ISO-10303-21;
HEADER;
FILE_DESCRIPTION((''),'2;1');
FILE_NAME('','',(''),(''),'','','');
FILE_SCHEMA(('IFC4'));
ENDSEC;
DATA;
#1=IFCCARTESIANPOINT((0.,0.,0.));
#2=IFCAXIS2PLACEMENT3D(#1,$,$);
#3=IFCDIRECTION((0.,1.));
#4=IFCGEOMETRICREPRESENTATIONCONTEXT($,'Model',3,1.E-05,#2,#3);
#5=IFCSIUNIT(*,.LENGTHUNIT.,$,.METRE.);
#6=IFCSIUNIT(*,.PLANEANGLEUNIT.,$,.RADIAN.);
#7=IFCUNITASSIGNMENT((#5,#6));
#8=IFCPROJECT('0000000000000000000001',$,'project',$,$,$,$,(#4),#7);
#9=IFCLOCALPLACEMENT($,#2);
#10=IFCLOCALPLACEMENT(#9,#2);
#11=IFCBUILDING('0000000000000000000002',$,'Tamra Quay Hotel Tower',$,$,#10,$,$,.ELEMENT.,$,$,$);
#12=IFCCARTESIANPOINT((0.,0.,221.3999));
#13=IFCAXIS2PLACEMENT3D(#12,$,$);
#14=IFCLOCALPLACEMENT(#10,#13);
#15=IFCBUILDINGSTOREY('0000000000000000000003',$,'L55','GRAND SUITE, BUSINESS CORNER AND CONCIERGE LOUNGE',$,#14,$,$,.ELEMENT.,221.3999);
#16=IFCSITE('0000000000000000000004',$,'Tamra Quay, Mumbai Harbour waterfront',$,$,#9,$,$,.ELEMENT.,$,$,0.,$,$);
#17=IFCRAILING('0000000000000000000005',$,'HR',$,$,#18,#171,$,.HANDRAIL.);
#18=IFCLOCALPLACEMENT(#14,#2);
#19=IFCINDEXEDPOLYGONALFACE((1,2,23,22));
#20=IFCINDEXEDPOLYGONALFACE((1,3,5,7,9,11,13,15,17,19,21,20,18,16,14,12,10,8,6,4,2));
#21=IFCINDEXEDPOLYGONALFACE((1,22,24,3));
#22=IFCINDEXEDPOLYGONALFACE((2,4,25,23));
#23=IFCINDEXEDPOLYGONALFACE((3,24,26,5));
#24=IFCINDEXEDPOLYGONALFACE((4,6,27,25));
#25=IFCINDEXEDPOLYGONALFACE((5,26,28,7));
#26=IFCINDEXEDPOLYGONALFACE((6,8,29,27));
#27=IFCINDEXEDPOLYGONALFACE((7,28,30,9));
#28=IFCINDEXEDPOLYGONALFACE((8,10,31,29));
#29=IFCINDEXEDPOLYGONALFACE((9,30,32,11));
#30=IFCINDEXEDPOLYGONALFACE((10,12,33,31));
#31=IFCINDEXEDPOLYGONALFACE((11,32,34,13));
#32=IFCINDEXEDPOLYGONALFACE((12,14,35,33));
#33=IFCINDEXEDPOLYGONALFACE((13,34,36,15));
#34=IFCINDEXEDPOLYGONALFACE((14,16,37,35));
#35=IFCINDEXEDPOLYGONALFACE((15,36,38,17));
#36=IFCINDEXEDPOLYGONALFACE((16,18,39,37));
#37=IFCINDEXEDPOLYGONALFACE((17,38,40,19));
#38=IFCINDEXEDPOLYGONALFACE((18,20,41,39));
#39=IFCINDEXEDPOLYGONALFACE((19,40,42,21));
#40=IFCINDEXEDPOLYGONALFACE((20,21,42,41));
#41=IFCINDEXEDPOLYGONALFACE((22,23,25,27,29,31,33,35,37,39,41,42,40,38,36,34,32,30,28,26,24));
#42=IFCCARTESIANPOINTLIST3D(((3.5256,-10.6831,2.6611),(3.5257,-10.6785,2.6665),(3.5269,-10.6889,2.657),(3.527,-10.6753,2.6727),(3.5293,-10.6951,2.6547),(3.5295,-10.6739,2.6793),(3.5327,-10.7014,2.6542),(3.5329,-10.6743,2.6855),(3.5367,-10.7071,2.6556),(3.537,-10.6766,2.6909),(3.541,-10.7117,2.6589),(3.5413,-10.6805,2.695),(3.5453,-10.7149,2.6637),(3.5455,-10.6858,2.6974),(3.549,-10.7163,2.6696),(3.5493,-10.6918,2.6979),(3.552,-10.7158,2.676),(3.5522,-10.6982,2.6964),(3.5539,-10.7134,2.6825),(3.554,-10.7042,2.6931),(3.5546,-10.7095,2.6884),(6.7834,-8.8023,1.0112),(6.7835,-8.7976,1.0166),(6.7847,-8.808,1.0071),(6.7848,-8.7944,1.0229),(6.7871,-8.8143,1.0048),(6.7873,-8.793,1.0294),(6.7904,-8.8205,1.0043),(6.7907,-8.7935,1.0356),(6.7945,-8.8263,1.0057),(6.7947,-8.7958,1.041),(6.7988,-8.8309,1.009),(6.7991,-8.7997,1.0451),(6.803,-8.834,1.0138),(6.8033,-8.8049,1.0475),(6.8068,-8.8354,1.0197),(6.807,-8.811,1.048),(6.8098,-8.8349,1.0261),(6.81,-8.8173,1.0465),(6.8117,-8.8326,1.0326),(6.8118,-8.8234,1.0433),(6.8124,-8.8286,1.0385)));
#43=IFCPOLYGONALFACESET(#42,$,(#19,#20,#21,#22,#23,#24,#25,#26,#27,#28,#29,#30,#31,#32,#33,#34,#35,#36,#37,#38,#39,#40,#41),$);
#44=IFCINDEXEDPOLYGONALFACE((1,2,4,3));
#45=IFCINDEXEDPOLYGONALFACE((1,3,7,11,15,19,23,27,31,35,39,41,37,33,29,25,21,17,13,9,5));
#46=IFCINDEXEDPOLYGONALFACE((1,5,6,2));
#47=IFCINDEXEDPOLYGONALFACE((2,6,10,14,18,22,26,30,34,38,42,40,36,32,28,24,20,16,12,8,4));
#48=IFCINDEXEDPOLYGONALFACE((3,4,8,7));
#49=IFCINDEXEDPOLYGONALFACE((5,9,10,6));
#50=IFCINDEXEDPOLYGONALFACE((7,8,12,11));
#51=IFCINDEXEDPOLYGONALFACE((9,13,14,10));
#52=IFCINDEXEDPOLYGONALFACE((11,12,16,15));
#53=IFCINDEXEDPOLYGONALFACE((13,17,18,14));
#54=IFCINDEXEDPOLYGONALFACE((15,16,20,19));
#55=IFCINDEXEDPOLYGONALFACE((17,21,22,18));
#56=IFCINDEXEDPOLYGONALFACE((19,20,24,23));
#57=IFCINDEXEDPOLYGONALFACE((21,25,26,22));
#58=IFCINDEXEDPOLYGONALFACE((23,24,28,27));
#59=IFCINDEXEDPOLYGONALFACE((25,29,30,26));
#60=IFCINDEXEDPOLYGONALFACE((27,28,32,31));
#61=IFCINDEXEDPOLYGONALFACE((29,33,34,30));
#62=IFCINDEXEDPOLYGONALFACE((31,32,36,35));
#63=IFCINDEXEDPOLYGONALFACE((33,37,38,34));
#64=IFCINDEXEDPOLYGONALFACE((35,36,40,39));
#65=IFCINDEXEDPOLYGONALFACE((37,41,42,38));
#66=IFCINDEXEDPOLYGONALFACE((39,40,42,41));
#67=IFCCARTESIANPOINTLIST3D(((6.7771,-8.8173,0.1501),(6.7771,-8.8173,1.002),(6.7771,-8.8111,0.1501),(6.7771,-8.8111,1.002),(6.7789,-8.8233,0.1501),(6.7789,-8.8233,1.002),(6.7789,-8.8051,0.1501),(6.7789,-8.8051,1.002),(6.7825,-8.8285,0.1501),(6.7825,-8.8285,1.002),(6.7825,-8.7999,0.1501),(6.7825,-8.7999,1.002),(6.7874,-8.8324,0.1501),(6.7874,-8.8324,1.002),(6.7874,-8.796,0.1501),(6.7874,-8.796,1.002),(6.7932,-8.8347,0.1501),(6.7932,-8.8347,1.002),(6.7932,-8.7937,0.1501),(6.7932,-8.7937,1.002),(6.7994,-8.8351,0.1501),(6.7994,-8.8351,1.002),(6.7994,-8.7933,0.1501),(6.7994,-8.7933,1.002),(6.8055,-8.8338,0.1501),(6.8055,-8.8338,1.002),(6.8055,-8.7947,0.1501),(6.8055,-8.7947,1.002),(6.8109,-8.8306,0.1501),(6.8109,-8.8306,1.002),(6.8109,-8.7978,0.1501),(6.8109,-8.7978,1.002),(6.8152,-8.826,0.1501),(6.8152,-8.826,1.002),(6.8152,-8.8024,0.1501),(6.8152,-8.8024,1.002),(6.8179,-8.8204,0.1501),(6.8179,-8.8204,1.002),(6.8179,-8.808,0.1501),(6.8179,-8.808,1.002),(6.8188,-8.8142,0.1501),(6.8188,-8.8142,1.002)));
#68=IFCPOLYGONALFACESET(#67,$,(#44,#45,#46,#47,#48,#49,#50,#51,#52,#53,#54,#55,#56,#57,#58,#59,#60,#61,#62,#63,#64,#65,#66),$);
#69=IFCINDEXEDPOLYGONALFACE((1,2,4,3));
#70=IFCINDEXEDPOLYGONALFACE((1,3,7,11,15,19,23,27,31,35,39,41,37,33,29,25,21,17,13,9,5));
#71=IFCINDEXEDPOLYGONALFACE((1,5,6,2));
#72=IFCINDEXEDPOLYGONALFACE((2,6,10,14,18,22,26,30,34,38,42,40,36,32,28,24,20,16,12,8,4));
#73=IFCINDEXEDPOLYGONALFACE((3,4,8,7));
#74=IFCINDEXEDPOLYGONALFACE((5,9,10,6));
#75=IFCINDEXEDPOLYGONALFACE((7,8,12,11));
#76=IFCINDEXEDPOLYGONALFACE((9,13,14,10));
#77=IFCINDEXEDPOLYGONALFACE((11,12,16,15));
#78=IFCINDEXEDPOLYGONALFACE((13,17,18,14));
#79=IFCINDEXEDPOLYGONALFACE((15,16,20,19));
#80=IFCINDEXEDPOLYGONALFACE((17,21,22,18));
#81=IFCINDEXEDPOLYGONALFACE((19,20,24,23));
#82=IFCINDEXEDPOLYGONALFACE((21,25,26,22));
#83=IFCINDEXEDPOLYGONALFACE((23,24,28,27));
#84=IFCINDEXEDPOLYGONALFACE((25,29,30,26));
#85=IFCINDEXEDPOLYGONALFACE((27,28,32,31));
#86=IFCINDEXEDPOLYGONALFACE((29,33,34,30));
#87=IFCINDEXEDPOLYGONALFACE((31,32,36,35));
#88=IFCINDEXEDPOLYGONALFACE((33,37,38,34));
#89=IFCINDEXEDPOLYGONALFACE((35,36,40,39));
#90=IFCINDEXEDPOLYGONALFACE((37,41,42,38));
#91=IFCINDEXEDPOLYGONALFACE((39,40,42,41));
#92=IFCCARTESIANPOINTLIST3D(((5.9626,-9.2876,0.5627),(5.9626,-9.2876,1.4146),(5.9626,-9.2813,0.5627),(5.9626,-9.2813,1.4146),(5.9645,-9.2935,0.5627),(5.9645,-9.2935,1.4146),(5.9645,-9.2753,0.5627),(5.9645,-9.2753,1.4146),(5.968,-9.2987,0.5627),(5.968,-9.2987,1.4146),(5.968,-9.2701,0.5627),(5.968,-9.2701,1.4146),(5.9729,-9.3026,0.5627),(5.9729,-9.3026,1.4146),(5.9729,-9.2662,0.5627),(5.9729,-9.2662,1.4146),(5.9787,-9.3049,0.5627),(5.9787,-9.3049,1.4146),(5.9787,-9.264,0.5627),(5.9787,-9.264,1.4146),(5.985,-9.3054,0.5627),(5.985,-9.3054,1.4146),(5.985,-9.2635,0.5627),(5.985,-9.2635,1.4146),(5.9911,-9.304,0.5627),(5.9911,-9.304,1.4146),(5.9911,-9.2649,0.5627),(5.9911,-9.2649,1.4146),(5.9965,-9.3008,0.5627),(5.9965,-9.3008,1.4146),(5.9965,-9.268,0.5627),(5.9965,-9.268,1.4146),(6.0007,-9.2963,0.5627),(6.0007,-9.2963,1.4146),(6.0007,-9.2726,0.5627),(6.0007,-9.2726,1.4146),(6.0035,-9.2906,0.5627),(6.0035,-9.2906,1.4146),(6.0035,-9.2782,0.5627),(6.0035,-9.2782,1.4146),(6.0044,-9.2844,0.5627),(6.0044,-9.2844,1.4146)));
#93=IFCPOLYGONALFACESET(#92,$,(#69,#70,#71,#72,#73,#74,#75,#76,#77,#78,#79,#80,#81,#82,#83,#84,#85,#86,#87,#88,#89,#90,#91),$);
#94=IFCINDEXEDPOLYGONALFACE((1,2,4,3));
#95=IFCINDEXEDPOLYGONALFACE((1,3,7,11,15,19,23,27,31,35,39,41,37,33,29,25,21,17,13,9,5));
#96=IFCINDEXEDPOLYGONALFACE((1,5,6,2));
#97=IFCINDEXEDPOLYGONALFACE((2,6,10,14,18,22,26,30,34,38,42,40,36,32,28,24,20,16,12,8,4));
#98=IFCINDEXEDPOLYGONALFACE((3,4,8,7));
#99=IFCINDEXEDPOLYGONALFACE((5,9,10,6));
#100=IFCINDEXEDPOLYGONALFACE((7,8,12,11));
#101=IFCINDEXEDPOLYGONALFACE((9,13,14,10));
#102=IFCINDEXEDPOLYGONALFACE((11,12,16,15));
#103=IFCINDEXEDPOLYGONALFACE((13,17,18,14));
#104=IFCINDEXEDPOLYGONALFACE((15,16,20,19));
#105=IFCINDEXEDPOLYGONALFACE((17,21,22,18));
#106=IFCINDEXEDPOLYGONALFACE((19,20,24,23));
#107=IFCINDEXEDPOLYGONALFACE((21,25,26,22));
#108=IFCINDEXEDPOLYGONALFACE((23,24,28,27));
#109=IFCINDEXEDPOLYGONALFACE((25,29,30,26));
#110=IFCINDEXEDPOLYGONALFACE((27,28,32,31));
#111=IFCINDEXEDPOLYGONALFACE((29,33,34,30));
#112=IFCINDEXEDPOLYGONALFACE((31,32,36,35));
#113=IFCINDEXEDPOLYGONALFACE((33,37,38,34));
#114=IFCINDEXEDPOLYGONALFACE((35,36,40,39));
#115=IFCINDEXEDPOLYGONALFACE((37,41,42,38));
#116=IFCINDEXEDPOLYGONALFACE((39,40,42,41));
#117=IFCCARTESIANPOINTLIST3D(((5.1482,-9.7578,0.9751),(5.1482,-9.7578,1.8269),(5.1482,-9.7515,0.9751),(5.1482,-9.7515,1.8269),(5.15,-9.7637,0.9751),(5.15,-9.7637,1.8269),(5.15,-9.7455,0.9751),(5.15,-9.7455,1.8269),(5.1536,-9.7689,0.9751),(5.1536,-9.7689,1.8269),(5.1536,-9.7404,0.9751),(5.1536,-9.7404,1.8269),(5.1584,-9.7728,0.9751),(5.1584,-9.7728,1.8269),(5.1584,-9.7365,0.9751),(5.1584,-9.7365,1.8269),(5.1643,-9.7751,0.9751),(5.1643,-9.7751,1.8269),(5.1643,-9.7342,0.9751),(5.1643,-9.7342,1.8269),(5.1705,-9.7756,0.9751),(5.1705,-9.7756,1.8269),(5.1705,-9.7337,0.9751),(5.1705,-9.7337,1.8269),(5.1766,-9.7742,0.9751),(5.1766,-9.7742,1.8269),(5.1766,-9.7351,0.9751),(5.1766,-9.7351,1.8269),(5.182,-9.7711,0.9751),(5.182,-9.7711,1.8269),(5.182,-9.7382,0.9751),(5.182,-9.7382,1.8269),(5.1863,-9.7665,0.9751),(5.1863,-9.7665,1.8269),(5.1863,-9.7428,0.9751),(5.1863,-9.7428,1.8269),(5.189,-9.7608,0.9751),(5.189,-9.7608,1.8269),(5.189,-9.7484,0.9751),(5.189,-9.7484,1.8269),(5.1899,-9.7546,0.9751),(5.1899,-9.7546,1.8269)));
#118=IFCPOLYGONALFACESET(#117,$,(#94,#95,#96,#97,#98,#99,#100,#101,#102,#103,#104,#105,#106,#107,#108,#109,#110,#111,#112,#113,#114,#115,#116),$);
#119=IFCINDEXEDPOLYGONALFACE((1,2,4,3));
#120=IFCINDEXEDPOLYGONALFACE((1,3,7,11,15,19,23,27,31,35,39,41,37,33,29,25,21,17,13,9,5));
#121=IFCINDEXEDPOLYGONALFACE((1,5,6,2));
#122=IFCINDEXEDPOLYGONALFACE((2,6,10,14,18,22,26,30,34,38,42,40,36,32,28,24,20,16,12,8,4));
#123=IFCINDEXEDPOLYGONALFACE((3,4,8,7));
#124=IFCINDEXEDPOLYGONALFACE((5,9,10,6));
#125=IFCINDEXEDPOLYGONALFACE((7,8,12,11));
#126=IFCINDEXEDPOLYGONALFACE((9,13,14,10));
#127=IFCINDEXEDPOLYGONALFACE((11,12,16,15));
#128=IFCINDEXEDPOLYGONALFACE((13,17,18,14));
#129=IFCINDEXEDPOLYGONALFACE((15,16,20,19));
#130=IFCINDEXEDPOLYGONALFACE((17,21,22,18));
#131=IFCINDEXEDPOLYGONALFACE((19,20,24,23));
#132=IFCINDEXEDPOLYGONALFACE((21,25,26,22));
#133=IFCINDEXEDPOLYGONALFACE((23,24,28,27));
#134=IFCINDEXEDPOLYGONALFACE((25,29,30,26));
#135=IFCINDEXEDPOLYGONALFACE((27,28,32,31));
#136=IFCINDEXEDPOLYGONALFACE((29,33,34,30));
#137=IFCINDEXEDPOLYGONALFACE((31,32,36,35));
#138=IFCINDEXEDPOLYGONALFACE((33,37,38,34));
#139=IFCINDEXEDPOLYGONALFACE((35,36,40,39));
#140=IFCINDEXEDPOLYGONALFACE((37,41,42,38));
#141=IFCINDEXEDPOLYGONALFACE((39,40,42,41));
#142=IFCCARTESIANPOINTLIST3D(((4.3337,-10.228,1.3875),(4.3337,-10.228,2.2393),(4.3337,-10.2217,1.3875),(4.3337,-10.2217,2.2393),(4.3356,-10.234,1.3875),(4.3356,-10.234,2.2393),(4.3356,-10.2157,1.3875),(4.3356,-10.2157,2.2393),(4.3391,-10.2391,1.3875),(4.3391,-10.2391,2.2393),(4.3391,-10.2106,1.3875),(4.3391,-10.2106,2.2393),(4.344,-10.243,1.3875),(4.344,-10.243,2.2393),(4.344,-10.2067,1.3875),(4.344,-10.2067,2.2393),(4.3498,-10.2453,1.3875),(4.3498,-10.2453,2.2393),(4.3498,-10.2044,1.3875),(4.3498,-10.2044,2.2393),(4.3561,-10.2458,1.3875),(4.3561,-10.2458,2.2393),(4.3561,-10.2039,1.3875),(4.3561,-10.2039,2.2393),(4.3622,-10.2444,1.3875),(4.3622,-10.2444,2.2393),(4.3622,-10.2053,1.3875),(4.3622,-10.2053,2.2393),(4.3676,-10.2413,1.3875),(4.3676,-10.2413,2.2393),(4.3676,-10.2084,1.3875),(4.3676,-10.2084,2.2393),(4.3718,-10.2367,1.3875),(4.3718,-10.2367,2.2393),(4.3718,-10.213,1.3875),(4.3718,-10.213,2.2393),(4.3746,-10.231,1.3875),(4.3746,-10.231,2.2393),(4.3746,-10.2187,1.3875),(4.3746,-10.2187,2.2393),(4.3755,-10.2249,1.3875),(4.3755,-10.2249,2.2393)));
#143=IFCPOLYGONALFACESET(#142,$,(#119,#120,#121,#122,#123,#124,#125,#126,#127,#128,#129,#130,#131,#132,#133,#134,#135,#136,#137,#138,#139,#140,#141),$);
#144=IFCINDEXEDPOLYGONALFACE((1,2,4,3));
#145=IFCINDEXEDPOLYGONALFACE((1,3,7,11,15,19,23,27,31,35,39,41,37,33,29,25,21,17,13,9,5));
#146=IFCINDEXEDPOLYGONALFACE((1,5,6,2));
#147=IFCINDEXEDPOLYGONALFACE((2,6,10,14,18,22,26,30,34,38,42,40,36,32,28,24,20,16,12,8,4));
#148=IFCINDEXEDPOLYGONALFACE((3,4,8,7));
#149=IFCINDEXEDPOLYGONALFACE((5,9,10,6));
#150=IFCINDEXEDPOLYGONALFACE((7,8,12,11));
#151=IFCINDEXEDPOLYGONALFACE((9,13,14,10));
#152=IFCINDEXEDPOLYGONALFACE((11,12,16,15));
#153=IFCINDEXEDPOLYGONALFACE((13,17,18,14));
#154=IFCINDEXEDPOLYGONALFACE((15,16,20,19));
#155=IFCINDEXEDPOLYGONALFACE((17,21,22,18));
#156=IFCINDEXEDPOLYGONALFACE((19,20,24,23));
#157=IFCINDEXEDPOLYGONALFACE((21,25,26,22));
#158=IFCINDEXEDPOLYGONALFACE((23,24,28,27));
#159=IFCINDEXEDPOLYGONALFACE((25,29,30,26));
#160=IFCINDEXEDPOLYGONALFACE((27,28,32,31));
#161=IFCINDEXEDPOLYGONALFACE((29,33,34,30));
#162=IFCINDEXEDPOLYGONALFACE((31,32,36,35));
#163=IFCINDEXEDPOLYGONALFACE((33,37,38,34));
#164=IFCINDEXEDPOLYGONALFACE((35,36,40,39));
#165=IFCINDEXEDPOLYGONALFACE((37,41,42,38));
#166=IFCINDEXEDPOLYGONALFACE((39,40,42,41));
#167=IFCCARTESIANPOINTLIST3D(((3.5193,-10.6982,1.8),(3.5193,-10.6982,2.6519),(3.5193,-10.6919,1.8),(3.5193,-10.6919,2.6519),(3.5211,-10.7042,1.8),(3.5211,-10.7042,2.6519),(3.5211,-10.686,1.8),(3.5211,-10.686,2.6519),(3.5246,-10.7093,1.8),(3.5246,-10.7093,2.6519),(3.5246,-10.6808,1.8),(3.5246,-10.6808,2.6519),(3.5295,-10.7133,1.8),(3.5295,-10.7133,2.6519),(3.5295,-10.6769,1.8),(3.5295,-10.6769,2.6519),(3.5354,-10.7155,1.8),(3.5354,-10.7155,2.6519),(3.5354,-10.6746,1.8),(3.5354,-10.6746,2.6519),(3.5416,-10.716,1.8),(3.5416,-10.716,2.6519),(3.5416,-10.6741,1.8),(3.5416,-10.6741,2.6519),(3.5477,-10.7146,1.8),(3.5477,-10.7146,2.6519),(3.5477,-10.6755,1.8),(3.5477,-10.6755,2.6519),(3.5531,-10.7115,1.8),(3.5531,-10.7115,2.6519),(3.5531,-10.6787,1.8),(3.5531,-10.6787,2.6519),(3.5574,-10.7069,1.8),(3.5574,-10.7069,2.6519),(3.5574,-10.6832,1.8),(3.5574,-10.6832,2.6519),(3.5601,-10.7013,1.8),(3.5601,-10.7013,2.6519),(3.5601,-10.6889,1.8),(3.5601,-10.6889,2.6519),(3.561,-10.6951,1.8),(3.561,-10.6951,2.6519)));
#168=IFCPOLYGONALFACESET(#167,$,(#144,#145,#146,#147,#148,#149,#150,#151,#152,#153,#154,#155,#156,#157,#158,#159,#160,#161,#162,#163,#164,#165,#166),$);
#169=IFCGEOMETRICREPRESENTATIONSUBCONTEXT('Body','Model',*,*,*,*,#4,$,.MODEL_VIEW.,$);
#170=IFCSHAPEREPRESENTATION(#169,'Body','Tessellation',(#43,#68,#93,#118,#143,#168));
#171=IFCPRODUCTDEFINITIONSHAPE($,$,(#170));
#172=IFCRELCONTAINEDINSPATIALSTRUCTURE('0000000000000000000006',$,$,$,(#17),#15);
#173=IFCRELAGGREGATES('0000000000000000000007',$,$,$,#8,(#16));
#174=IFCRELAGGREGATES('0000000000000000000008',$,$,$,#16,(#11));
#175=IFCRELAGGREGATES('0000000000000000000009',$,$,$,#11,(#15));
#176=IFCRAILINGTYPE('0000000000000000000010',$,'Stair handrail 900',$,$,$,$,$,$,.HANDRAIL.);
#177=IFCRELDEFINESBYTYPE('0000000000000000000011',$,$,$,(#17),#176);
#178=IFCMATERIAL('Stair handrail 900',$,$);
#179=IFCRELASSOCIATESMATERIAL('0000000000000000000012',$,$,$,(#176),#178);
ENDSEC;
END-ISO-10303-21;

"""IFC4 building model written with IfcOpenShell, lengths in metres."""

from ifc_helpers import new_model, si_unit, direction, frame, origin, origin_2d, place, context, subcontext, project, spatial, circle, extrude, material, type_object, element, save


model = new_model("IFC4")

# Units and contexts
model_context = context("Model", 3, precision=1e-05, world=origin(), true_north=direction((0.0, 1.0)))
body_context = subcontext(model_context, "Body", "Model", "MODEL_VIEW")
ifc_project = project(units=[si_unit("LENGTHUNIT", "METRE"), si_unit("PLANEANGLEUNIT", "RADIAN")], contexts=[model_context])

# Site, building, storey
site_placement = place(None, origin())
site = spatial("IfcSite", under=ifc_project, at=site_placement, Name="Tamra Quay, Mumbai Harbour waterfront", CompositionType="ELEMENT", RefElevation=0.0)
building_placement = place(site_placement, origin())
building = spatial("IfcBuilding", under=site, at=building_placement, Name="Tamra Quay Hotel Tower", CompositionType="ELEMENT")
storey_placement = place(building_placement, frame((0.0, 0.0, 221.3999)))
storey = spatial("IfcBuildingStorey", under=building, at=storey_placement, Name="L55", Description="GRAND SUITE, BUSINESS CORNER AND CONCIERGE LOUNGE", CompositionType="ELEMENT", Elevation=221.3999)

# Railing
ifc_material_1 = material(Name="Stair handrail 900")
railing_type_1 = type_object("IfcRailingType", Name="Stair handrail 900", PredefinedType="HANDRAIL", material=ifc_material_1)
railing_1_placement = place(storey_placement, frame((6.7979, -8.8142, 0.1501)))
element("IfcRailing", 1, at=railing_1_placement, inside=storey, type_object=railing_type_1, Name="HR", PredefinedType="HANDRAIL", context=body_context, shape_type="SweptSolid", body=[
    extrude(circle(Radius=0.0239, at=origin_2d()), frame((0.0, 0.0, 0.876), z_axis=(-0.7931, -0.457887, 0.401661), x_axis=(0.499992, -0.86603, 0.0)), (0.0, 0.0, 1.0), 4.1077),
    extrude(circle(Radius=0.021, at=origin_2d()), origin(), (0.0, 0.0, 1.0), 0.8518),
    extrude(circle(Radius=0.021, at=origin_2d()), frame((-0.8145, -0.4702, 0.4126)), (0.0, 0.0, 1.0), 0.8518),
    extrude(circle(Radius=0.021, at=origin_2d()), frame((-1.6289, -0.9404, 0.825)), (0.0, 0.0, 1.0), 0.8518),
    extrude(circle(Radius=0.021, at=origin_2d()), frame((-2.4434, -1.4106, 1.2373)), (0.0, 0.0, 1.0), 0.8518),
    extrude(circle(Radius=0.021, at=origin_2d()), frame((-3.2578, -1.8809, 1.6499)), (0.0, 0.0, 1.0), 0.8518),
])

save(model, "model.ifc")
